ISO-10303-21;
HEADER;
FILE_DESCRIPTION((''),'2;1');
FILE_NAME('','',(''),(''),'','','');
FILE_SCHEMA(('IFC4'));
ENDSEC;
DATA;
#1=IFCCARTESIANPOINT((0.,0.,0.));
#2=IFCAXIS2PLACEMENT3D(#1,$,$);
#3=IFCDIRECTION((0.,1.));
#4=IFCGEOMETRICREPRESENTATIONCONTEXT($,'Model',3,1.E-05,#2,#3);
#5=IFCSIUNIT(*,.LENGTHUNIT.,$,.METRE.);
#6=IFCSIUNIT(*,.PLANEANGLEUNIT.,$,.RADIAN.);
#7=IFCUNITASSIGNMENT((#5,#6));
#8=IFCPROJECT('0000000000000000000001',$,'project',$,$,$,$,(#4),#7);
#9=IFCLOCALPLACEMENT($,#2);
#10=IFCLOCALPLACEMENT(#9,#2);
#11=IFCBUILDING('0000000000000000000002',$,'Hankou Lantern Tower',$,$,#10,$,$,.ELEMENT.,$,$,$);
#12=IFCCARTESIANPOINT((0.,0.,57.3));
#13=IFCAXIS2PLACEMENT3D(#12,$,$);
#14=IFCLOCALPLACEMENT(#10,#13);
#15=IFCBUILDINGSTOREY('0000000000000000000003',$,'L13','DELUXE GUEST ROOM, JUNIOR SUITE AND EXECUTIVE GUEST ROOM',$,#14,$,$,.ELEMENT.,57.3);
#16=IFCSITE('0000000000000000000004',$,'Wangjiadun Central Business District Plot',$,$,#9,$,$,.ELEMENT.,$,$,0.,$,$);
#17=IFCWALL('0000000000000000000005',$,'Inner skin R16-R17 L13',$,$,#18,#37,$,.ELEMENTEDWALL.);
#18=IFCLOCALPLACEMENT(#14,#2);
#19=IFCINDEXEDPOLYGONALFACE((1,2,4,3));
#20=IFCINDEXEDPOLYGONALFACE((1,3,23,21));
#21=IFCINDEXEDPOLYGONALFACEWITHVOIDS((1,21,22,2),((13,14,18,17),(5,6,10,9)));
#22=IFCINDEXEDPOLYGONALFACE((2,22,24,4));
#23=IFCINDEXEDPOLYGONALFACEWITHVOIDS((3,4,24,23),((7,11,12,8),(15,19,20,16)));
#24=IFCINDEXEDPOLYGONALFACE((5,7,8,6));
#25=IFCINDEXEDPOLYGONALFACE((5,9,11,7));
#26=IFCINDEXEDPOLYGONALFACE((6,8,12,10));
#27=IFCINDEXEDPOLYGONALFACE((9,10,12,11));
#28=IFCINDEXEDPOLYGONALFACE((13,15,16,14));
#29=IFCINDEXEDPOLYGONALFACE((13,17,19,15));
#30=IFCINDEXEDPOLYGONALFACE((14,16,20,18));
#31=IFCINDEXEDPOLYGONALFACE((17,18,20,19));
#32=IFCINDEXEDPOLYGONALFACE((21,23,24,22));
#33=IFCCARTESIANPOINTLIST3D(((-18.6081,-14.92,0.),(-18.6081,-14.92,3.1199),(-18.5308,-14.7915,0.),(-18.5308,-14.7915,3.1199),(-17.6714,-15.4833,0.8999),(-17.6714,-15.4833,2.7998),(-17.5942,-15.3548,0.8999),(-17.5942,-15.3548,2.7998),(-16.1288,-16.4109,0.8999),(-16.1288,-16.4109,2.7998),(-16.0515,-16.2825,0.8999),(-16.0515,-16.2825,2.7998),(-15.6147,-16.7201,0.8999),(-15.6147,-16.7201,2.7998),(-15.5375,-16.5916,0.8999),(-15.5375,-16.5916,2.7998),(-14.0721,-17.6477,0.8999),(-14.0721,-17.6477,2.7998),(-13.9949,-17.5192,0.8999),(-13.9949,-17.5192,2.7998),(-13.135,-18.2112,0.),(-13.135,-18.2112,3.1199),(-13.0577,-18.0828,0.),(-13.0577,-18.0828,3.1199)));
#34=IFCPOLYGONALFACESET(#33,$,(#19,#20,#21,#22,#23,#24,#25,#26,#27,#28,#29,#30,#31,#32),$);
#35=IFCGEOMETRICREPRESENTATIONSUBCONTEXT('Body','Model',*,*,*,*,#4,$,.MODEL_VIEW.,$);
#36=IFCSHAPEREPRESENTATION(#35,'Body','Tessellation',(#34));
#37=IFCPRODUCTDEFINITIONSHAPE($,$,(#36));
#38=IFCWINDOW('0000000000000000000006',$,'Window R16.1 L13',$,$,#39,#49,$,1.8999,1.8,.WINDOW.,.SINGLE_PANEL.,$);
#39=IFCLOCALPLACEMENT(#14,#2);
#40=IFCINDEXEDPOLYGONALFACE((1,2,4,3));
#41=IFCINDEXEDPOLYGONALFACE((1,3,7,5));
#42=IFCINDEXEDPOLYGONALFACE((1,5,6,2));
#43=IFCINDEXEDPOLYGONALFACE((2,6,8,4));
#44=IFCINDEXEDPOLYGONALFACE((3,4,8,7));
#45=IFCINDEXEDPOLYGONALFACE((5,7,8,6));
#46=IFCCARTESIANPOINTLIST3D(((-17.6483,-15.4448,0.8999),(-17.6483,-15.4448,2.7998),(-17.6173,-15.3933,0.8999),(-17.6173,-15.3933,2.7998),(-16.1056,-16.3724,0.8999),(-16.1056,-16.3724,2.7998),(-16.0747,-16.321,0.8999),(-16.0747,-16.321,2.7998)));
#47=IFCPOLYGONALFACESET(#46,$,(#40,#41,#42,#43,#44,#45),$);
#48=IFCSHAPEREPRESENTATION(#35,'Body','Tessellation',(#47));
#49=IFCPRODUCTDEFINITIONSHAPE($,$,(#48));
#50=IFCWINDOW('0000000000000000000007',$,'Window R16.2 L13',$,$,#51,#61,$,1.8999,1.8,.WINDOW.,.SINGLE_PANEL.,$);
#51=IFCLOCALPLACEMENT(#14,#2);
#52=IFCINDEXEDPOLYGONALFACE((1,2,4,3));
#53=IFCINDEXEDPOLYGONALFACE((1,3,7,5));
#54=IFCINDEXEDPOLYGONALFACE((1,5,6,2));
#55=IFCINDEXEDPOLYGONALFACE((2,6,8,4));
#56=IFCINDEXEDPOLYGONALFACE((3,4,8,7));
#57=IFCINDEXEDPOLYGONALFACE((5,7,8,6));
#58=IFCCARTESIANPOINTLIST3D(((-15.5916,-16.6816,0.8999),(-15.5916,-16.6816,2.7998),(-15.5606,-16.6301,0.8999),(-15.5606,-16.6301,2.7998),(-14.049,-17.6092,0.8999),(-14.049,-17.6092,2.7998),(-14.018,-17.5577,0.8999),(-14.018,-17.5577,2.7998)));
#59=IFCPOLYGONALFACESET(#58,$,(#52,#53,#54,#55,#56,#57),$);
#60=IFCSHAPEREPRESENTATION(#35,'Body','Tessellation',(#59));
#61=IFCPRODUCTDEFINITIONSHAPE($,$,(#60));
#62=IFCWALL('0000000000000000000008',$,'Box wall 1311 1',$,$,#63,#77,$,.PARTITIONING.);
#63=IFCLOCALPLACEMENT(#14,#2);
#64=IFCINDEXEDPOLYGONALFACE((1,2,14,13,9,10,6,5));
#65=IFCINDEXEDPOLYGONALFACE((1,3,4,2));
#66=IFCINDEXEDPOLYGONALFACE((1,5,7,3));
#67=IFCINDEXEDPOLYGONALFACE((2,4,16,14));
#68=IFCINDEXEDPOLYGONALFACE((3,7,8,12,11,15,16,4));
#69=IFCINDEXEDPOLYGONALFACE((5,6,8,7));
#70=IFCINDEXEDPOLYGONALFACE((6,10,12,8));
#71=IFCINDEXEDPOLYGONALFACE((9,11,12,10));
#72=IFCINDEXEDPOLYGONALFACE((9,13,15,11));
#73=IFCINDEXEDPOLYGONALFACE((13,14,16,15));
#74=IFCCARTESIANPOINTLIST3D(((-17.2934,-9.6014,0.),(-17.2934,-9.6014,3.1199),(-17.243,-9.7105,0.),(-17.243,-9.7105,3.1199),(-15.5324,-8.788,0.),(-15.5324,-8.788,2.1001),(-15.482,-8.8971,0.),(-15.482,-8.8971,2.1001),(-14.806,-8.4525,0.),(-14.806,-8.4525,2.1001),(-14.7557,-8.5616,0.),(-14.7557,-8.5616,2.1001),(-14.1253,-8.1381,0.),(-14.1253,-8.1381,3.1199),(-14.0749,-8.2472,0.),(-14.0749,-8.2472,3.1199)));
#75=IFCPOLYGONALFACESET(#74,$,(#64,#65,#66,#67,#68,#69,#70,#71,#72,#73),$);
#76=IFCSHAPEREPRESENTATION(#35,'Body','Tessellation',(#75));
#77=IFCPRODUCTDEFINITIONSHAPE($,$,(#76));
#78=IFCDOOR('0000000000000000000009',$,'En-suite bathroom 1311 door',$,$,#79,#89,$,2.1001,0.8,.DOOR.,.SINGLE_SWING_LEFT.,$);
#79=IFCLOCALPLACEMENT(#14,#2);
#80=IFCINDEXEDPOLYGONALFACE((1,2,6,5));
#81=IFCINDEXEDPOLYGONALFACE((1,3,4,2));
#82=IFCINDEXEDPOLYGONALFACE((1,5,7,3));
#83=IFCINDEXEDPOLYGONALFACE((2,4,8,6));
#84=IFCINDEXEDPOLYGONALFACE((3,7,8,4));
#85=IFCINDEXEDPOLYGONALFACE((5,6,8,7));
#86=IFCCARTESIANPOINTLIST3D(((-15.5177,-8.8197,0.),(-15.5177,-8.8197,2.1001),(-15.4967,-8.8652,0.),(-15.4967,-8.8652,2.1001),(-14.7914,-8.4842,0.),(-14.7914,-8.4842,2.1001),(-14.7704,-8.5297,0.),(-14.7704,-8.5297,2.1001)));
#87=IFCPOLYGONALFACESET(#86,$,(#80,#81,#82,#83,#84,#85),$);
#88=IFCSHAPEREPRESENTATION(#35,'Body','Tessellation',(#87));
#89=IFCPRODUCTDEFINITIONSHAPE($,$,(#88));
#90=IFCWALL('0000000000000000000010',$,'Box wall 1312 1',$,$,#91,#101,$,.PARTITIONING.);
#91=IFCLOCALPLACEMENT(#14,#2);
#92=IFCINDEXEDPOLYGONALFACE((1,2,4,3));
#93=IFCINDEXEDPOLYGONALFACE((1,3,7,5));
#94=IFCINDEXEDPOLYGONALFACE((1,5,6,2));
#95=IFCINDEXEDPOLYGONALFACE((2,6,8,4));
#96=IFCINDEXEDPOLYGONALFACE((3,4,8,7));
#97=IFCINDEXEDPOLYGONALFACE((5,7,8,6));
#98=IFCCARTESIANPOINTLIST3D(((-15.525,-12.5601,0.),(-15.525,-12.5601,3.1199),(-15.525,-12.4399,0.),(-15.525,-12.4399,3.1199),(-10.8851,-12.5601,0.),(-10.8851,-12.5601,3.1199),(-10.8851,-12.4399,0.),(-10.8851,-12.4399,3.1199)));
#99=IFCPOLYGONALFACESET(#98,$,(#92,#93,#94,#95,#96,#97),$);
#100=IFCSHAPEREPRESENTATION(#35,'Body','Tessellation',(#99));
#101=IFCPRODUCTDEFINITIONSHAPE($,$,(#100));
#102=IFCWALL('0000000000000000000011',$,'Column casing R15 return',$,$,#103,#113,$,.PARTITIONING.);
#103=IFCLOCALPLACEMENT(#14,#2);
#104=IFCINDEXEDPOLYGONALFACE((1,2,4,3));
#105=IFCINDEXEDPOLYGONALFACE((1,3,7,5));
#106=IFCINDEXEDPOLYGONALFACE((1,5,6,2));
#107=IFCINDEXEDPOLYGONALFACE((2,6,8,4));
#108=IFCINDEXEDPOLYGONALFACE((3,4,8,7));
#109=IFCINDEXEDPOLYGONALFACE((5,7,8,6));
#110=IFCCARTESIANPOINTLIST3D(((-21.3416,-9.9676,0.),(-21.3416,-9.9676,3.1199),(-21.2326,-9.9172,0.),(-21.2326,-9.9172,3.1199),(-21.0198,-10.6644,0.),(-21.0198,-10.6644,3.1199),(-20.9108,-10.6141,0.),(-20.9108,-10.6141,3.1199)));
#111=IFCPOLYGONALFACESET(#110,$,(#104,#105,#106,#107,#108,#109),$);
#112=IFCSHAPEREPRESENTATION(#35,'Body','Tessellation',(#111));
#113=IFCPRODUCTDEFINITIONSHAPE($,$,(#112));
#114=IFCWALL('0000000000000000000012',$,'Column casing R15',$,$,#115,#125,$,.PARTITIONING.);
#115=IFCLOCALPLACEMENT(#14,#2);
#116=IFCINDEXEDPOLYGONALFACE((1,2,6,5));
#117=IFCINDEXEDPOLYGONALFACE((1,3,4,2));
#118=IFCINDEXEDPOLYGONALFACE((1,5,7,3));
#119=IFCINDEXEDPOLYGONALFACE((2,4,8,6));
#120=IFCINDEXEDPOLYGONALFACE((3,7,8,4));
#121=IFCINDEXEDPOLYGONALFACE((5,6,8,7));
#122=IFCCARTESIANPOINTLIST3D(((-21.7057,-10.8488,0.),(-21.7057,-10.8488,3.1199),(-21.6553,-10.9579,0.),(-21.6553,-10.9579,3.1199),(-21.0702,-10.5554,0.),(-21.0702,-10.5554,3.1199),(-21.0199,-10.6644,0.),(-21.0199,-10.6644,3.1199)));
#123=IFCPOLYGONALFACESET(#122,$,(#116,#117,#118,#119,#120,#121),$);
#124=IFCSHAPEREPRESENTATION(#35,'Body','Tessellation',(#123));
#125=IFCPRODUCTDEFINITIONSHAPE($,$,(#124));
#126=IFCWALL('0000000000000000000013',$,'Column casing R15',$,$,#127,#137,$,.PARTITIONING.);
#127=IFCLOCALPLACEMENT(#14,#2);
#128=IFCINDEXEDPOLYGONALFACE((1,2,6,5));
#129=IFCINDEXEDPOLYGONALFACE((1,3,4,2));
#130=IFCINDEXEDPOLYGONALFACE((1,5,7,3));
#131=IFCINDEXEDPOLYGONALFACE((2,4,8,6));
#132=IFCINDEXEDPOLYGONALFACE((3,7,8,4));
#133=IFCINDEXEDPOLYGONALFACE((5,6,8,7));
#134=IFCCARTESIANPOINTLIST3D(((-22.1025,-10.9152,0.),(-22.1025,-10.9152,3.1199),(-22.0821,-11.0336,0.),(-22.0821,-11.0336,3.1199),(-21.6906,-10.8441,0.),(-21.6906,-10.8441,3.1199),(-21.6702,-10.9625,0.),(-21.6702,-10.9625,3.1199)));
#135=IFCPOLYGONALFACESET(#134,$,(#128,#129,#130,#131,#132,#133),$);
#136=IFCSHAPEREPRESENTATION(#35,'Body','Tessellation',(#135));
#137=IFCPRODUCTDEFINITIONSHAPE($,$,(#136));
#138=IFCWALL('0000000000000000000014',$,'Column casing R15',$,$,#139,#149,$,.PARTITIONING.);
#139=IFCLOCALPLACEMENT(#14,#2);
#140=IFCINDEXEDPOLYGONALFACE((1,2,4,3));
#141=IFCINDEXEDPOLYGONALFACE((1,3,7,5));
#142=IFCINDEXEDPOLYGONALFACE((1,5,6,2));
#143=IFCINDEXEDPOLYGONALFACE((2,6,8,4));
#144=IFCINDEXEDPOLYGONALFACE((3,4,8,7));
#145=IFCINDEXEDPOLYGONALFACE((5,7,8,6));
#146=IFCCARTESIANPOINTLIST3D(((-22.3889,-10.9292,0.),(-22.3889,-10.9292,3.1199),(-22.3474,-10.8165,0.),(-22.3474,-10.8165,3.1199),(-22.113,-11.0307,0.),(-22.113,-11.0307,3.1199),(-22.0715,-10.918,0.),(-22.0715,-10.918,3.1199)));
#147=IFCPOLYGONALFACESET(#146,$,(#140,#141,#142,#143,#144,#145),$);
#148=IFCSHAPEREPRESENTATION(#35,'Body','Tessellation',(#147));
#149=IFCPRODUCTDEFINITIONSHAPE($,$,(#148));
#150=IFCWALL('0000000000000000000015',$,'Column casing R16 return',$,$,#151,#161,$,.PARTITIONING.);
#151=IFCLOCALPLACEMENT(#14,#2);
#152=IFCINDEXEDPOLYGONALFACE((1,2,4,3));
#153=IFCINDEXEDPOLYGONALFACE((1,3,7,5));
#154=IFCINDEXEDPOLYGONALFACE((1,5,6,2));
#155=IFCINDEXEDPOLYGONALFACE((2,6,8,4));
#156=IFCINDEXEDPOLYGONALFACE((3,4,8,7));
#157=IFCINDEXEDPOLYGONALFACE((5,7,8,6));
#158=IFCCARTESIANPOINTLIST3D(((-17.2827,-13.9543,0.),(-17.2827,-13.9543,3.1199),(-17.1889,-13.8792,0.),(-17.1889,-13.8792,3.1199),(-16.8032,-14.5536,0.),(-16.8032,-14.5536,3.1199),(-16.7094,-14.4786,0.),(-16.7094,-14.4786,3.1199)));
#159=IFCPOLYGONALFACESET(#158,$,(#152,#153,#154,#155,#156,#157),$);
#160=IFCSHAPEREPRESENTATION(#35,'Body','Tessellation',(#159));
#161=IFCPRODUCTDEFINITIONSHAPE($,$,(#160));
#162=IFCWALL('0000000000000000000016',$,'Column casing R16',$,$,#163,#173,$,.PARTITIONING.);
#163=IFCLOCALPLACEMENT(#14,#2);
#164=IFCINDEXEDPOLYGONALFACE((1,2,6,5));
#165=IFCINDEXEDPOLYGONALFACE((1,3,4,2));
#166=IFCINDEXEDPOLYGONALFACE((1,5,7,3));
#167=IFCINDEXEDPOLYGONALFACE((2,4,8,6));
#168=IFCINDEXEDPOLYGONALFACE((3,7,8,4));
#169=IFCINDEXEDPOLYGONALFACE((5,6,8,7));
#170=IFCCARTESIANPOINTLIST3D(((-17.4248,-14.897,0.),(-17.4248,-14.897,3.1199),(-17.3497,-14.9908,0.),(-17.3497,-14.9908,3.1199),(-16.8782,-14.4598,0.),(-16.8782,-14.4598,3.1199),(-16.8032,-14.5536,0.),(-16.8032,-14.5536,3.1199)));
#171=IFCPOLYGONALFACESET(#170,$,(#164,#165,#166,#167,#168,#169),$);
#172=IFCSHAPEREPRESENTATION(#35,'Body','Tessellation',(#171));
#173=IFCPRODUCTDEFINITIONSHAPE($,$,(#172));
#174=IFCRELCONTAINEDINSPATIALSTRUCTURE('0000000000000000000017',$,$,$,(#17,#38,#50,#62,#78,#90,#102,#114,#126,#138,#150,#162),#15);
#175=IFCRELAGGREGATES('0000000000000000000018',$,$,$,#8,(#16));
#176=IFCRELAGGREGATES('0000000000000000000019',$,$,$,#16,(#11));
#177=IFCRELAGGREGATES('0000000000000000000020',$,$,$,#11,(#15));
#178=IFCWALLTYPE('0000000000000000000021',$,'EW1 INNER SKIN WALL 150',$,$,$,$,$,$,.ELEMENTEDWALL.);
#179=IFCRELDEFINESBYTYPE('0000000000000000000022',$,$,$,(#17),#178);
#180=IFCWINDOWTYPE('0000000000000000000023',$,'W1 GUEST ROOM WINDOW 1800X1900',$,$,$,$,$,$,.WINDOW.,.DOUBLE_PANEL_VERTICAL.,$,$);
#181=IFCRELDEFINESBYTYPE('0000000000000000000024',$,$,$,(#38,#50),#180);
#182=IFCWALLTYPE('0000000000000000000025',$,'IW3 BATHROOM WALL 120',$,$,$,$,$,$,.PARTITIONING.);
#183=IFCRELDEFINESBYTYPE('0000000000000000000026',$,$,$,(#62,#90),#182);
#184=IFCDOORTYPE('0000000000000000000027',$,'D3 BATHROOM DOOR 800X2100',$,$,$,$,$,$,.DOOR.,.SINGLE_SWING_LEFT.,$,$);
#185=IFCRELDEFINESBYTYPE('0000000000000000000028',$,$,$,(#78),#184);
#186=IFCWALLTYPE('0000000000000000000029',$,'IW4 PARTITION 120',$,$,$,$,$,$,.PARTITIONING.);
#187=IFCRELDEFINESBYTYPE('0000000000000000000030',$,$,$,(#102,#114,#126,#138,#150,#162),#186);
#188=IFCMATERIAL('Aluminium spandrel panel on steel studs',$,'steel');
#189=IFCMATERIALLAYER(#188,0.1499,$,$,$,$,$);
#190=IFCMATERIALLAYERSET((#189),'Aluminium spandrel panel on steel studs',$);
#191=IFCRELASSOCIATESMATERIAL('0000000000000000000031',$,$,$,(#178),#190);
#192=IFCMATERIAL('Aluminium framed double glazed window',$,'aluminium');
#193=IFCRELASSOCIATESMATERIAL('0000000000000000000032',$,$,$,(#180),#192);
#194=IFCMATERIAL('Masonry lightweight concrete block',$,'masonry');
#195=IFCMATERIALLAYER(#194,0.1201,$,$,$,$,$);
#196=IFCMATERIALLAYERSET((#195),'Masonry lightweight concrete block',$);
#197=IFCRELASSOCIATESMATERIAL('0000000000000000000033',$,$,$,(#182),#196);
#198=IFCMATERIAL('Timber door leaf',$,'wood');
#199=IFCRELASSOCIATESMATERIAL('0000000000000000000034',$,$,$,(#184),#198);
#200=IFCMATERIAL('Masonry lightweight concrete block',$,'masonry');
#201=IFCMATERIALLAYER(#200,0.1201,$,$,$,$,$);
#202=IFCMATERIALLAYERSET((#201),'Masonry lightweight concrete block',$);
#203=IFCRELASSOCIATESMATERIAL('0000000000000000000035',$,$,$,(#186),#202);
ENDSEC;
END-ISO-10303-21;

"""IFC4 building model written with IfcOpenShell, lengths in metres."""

from ifc_helpers import new_model, si_unit, direction, frame, frame_2d, origin, place, context, subcontext, project, spatial, rectangle, extrude, material, layer, layer_set, type_object, element, fill, save


model = new_model("IFC4")

# Units and contexts
model_context = context("Model", 3, precision=1e-05, world=origin(), true_north=direction((0.0, 1.0)))
body_context = subcontext(model_context, "Body", "Model", "MODEL_VIEW")
ifc_project = project(units=[si_unit("LENGTHUNIT", "METRE"), si_unit("PLANEANGLEUNIT", "RADIAN")], contexts=[model_context])

# Site, building, storey
site_placement = place(None, origin())
site = spatial("IfcSite", under=ifc_project, at=site_placement, Name="Wangjiadun Central Business District Plot", CompositionType="ELEMENT", RefElevation=0.0)
building_placement = place(site_placement, origin())
building = spatial("IfcBuilding", under=site, at=building_placement, Name="Hankou Lantern Tower", CompositionType="ELEMENT")
storey_placement = place(building_placement, frame((0.0, 0.0, 57.3)))
storey = spatial("IfcBuildingStorey", under=building, at=storey_placement, Name="L13", Description="DELUXE GUEST ROOM, JUNIOR SUITE AND EXECUTIVE GUEST ROOM", CompositionType="ELEMENT", Elevation=57.3)

# Wall, openings, windows
ifc_material_1 = material(Name="Aluminium spandrel panel on steel studs", Category="steel")
ifc_layer_1 = layer(ifc_material_1, 0.1499)
ifc_layer_set_1 = layer_set([ifc_layer_1], Name="Aluminium spandrel panel on steel studs")
wall_type_1 = type_object("IfcWallType", Name="EW1 INNER SKIN WALL 150", PredefinedType="ELEMENTEDWALL", material=ifc_layer_set_1)
ifc_material_2 = material(Name="Aluminium framed double glazed window", Category="aluminium")
window_type = type_object("IfcWindowType", Name="W1 GUEST ROOM WINDOW 1800X1900", PartitioningType="DOUBLE_PANEL_VERTICAL", PredefinedType="WINDOW", material=ifc_material_2)
wall_1_placement = place(storey_placement, frame((-18.5696, -14.8557, 0.0), z_axis=(0.0, 0.0, 1.0), x_axis=(0.856983, -0.515344, 0.0)))
wall_1 = element("IfcWall", 1, at=wall_1_placement, inside=storey, type_object=wall_type_1, Name="Inner skin R16-R17 L13", PredefinedType="ELEMENTEDWALL", context=body_context, shape_type="SweptSolid", body=[
    extrude(rectangle(XDim=6.3865, YDim=0.1499, at=frame_2d((3.1934, 0.0))), origin(), (0.0, 0.0, 1.0), 3.1199),
])
opening_1_placement = place(wall_1_placement, frame((1.0933, 0.0, 0.8999)))
opening_1 = element("IfcOpeningElement", 2, at=opening_1_placement, cuts=wall_1, PredefinedType="OPENING", context=body_context, shape_type="SweptSolid", body=[
    extrude(rectangle(XDim=1.8, YDim=1.8999, at=frame_2d((0.8999, 0.95))), frame((0.0, 0.085, 0.0), z_axis=(0.0, -1.0, 0.0), x_axis=(1.0, 0.0, 0.0)), (0.0, 0.0, 1.0), 0.1699),
])
opening_2_placement = place(wall_1_placement, frame((3.4932, 0.0, 0.8999)))
opening_2 = element("IfcOpeningElement", 3, at=opening_2_placement, cuts=wall_1, PredefinedType="OPENING", context=body_context, shape_type="SweptSolid", body=[
    extrude(rectangle(XDim=1.8, YDim=1.8999, at=frame_2d((0.8999, 0.95))), frame((0.0, 0.085, 0.0), z_axis=(0.0, -1.0, 0.0), x_axis=(1.0, 0.0, 0.0)), (0.0, 0.0, 1.0), 0.1699),
])
window_1_placement = place(opening_1_placement, origin())
window_1 = element("IfcWindow", 4, at=window_1_placement, inside=storey, type_object=window_type, Name="Window R16.1 L13", OverallHeight=1.8999, OverallWidth=1.8, PartitioningType="SINGLE_PANEL", PredefinedType="WINDOW", context=body_context, shape_type="SweptSolid", body=[
    extrude(rectangle(XDim=1.8, YDim=1.8999, at=frame_2d((0.8999, 0.95))), frame((0.0, 0.03, 0.0), z_axis=(0.0, -1.0, 0.0), x_axis=(1.0, 0.0, 0.0)), (0.0, 0.0, 1.0), 0.0601),
])
fill(opening_1, window_1)
window_2_placement = place(opening_2_placement, origin())
window_2 = element("IfcWindow", 5, at=window_2_placement, inside=storey, type_object=window_type, Name="Window R16.2 L13", OverallHeight=1.8999, OverallWidth=1.8, PartitioningType="SINGLE_PANEL", PredefinedType="WINDOW", context=body_context, shape_type="SweptSolid", body=[
    extrude(rectangle(XDim=1.8, YDim=1.8999, at=frame_2d((0.8999, 0.95))), frame((0.0, 0.03, 0.0), z_axis=(0.0, -1.0, 0.0), x_axis=(1.0, 0.0, 0.0)), (0.0, 0.0, 1.0), 0.0601),
])
fill(opening_2, window_2)

# Wall, opening, door
ifc_material_3 = material(Name="Masonry lightweight concrete block", Category="masonry")
ifc_layer_2 = layer(ifc_material_3, 0.1201)
ifc_layer_set_2 = layer_set([ifc_layer_2], Name="Masonry lightweight concrete block")
wall_type_2 = type_object("IfcWallType", Name="IW3 BATHROOM WALL 120", PredefinedType="PARTITIONING", material=ifc_layer_set_2)
wall_2_placement = place(storey_placement, frame((-14.1001, -8.1926, 0.0), z_axis=(0.0, 0.0, 1.0), x_axis=(-0.907836, -0.419324, 0.0)))
wall_2 = element("IfcWall", 6, at=wall_2_placement, inside=storey, type_object=wall_type_2, Name="Box wall 1311 1", PredefinedType="PARTITIONING", context=body_context, shape_type="SweptSolid", body=[
    extrude(rectangle(XDim=3.4897, YDim=0.1201, at=frame_2d((1.7449, 0.0))), origin(), (0.0, 0.0, 1.0), 3.1199),
])
opening_3_placement = place(wall_2_placement, frame((0.75, 0.0, 0.0)))
opening_3 = element("IfcOpeningElement", 7, at=opening_3_placement, cuts=wall_2, PredefinedType="OPENING", context=body_context, shape_type="SweptSolid", body=[
    extrude(rectangle(XDim=0.8, YDim=2.1001, at=frame_2d((0.3999, 1.05))), frame((0.0, 0.0701, 0.0), z_axis=(0.0, -1.0, 0.0), x_axis=(1.0, 0.0, 0.0)), (0.0, 0.0, 1.0), 0.1401),
])
ifc_material_4 = material(Name="Timber door leaf", Category="wood")
door_type = type_object("IfcDoorType", Name="D3 BATHROOM DOOR 800X2100", OperationType="SINGLE_SWING_LEFT", PredefinedType="DOOR", material=ifc_material_4)
door_placement = place(opening_3_placement, origin())
door = element("IfcDoor", 8, at=door_placement, inside=storey, type_object=door_type, Name="En-suite bathroom 1311 door", OperationType="SINGLE_SWING_LEFT", OverallHeight=2.1001, OverallWidth=0.8, PredefinedType="DOOR", context=body_context, shape_type="SweptSolid", body=[
    extrude(rectangle(XDim=0.8, YDim=2.1001, at=frame_2d((0.3999, 1.05))), frame((0.0, 0.0249, 0.0), z_axis=(0.0, -1.0, 0.0), x_axis=(1.0, 0.0, 0.0)), (0.0, 0.0, 1.0), 0.05),
])
fill(opening_3, door)

# Walls
wall_3_placement = place(storey_placement, frame((-15.5249, -12.5, 0.0), z_axis=(0.0, 0.0, 1.0), x_axis=(1.0, 0.0, 0.0)))
element("IfcWall", 9, at=wall_3_placement, inside=storey, type_object=wall_type_2, Name="Box wall 1312 1", PredefinedType="PARTITIONING", context=body_context, shape_type="SweptSolid", body=[
    extrude(rectangle(XDim=4.6399, YDim=0.1201, at=frame_2d((2.3198, 0.0))), origin(), (0.0, 0.0, 1.0), 3.1199),
])
ifc_material_5 = material(Name="Masonry lightweight concrete block", Category="masonry")
ifc_layer_3 = layer(ifc_material_5, 0.1201)
ifc_layer_set_3 = layer_set([ifc_layer_3], Name="Masonry lightweight concrete block")
wall_type_3 = type_object("IfcWallType", Name="IW4 PARTITION 120", PredefinedType="PARTITIONING", material=ifc_layer_set_3)
wall_4_placement = place(storey_placement, frame((-21.2871, -9.9424, 0.0), z_axis=(0.0, 0.0, 1.0), x_axis=(0.41926, -0.907866, 0.0)))
element("IfcWall", 10, at=wall_4_placement, inside=storey, type_object=wall_type_3, Name="Column casing R15 return", PredefinedType="PARTITIONING", context=body_context, shape_type="SweptSolid", body=[
    extrude(rectangle(XDim=0.7676, YDim=0.1201, at=frame_2d((0.3838, 0.0))), origin(), (0.0, 0.0, 1.0), 3.1199),
])
wall_5_placement = place(storey_placement, frame((-21.0449, -10.6099, 0.0), z_axis=(0.0, 0.0, 1.0), x_axis=(-0.907878, -0.419235, 0.0)))
element("IfcWall", 11, at=wall_5_placement, inside=storey, type_object=wall_type_3, Name="Column casing R15", PredefinedType="PARTITIONING", context=body_context, shape_type="SweptSolid", body=[
    extrude(rectangle(XDim=0.7, YDim=0.1201, at=frame_2d((0.3501, 0.0))), origin(), (0.0, 0.0, 1.0), 3.1199),
])
wall_6_placement = place(storey_placement, frame((-21.6804, -10.9033, 0.0), z_axis=(0.0, 0.0, 1.0), x_axis=(-0.985447, -0.169985, 0.0)))
element("IfcWall", 12, at=wall_6_placement, inside=storey, type_object=wall_type_3, Name="Column casing R15", PredefinedType="PARTITIONING", context=body_context, shape_type="SweptSolid", body=[
    extrude(rectangle(XDim=0.418, YDim=0.1201, at=frame_2d((0.209, 0.0))), origin(), (0.0, 0.0, 1.0), 3.1199),
])
wall_7_placement = place(storey_placement, frame((-22.0923, -10.9744, 0.0), z_axis=(0.0, 0.0, 1.0), x_axis=(-0.938428, 0.345474, 0.0)))
element("IfcWall", 13, at=wall_7_placement, inside=storey, type_object=wall_type_3, Name="Column casing R15", PredefinedType="PARTITIONING", context=body_context, shape_type="SweptSolid", body=[
    extrude(rectangle(XDim=0.2939, YDim=0.1201, at=frame_2d((0.147, 0.0))), origin(), (0.0, 0.0, 1.0), 3.1199),
])
wall_8_placement = place(storey_placement, frame((-17.2358, -13.9167, 0.0), z_axis=(0.0, 0.0, 1.0), x_axis=(0.624695, -0.780869, 0.0)))
element("IfcWall", 14, at=wall_8_placement, inside=storey, type_object=wall_type_3, Name="Column casing R16 return", PredefinedType="PARTITIONING", context=body_context, shape_type="SweptSolid", body=[
    extrude(rectangle(XDim=0.7676, YDim=0.1201, at=frame_2d((0.3838, 0.0))), origin(), (0.0, 0.0, 1.0), 3.1199),
])
wall_9_placement = place(storey_placement, frame((-16.8406, -14.5066, 0.0), z_axis=(0.0, 0.0, 1.0), x_axis=(-0.780903, -0.624653, 0.0)))
element("IfcWall", 15, at=wall_9_placement, inside=storey, type_object=wall_type_3, Name="Column casing R16", PredefinedType="PARTITIONING", context=body_context, shape_type="SweptSolid", body=[
    extrude(rectangle(XDim=0.7, YDim=0.1201, at=frame_2d((0.3501, 0.0))), origin(), (0.0, 0.0, 1.0), 3.1199),
])

save(model, "model.ifc")
